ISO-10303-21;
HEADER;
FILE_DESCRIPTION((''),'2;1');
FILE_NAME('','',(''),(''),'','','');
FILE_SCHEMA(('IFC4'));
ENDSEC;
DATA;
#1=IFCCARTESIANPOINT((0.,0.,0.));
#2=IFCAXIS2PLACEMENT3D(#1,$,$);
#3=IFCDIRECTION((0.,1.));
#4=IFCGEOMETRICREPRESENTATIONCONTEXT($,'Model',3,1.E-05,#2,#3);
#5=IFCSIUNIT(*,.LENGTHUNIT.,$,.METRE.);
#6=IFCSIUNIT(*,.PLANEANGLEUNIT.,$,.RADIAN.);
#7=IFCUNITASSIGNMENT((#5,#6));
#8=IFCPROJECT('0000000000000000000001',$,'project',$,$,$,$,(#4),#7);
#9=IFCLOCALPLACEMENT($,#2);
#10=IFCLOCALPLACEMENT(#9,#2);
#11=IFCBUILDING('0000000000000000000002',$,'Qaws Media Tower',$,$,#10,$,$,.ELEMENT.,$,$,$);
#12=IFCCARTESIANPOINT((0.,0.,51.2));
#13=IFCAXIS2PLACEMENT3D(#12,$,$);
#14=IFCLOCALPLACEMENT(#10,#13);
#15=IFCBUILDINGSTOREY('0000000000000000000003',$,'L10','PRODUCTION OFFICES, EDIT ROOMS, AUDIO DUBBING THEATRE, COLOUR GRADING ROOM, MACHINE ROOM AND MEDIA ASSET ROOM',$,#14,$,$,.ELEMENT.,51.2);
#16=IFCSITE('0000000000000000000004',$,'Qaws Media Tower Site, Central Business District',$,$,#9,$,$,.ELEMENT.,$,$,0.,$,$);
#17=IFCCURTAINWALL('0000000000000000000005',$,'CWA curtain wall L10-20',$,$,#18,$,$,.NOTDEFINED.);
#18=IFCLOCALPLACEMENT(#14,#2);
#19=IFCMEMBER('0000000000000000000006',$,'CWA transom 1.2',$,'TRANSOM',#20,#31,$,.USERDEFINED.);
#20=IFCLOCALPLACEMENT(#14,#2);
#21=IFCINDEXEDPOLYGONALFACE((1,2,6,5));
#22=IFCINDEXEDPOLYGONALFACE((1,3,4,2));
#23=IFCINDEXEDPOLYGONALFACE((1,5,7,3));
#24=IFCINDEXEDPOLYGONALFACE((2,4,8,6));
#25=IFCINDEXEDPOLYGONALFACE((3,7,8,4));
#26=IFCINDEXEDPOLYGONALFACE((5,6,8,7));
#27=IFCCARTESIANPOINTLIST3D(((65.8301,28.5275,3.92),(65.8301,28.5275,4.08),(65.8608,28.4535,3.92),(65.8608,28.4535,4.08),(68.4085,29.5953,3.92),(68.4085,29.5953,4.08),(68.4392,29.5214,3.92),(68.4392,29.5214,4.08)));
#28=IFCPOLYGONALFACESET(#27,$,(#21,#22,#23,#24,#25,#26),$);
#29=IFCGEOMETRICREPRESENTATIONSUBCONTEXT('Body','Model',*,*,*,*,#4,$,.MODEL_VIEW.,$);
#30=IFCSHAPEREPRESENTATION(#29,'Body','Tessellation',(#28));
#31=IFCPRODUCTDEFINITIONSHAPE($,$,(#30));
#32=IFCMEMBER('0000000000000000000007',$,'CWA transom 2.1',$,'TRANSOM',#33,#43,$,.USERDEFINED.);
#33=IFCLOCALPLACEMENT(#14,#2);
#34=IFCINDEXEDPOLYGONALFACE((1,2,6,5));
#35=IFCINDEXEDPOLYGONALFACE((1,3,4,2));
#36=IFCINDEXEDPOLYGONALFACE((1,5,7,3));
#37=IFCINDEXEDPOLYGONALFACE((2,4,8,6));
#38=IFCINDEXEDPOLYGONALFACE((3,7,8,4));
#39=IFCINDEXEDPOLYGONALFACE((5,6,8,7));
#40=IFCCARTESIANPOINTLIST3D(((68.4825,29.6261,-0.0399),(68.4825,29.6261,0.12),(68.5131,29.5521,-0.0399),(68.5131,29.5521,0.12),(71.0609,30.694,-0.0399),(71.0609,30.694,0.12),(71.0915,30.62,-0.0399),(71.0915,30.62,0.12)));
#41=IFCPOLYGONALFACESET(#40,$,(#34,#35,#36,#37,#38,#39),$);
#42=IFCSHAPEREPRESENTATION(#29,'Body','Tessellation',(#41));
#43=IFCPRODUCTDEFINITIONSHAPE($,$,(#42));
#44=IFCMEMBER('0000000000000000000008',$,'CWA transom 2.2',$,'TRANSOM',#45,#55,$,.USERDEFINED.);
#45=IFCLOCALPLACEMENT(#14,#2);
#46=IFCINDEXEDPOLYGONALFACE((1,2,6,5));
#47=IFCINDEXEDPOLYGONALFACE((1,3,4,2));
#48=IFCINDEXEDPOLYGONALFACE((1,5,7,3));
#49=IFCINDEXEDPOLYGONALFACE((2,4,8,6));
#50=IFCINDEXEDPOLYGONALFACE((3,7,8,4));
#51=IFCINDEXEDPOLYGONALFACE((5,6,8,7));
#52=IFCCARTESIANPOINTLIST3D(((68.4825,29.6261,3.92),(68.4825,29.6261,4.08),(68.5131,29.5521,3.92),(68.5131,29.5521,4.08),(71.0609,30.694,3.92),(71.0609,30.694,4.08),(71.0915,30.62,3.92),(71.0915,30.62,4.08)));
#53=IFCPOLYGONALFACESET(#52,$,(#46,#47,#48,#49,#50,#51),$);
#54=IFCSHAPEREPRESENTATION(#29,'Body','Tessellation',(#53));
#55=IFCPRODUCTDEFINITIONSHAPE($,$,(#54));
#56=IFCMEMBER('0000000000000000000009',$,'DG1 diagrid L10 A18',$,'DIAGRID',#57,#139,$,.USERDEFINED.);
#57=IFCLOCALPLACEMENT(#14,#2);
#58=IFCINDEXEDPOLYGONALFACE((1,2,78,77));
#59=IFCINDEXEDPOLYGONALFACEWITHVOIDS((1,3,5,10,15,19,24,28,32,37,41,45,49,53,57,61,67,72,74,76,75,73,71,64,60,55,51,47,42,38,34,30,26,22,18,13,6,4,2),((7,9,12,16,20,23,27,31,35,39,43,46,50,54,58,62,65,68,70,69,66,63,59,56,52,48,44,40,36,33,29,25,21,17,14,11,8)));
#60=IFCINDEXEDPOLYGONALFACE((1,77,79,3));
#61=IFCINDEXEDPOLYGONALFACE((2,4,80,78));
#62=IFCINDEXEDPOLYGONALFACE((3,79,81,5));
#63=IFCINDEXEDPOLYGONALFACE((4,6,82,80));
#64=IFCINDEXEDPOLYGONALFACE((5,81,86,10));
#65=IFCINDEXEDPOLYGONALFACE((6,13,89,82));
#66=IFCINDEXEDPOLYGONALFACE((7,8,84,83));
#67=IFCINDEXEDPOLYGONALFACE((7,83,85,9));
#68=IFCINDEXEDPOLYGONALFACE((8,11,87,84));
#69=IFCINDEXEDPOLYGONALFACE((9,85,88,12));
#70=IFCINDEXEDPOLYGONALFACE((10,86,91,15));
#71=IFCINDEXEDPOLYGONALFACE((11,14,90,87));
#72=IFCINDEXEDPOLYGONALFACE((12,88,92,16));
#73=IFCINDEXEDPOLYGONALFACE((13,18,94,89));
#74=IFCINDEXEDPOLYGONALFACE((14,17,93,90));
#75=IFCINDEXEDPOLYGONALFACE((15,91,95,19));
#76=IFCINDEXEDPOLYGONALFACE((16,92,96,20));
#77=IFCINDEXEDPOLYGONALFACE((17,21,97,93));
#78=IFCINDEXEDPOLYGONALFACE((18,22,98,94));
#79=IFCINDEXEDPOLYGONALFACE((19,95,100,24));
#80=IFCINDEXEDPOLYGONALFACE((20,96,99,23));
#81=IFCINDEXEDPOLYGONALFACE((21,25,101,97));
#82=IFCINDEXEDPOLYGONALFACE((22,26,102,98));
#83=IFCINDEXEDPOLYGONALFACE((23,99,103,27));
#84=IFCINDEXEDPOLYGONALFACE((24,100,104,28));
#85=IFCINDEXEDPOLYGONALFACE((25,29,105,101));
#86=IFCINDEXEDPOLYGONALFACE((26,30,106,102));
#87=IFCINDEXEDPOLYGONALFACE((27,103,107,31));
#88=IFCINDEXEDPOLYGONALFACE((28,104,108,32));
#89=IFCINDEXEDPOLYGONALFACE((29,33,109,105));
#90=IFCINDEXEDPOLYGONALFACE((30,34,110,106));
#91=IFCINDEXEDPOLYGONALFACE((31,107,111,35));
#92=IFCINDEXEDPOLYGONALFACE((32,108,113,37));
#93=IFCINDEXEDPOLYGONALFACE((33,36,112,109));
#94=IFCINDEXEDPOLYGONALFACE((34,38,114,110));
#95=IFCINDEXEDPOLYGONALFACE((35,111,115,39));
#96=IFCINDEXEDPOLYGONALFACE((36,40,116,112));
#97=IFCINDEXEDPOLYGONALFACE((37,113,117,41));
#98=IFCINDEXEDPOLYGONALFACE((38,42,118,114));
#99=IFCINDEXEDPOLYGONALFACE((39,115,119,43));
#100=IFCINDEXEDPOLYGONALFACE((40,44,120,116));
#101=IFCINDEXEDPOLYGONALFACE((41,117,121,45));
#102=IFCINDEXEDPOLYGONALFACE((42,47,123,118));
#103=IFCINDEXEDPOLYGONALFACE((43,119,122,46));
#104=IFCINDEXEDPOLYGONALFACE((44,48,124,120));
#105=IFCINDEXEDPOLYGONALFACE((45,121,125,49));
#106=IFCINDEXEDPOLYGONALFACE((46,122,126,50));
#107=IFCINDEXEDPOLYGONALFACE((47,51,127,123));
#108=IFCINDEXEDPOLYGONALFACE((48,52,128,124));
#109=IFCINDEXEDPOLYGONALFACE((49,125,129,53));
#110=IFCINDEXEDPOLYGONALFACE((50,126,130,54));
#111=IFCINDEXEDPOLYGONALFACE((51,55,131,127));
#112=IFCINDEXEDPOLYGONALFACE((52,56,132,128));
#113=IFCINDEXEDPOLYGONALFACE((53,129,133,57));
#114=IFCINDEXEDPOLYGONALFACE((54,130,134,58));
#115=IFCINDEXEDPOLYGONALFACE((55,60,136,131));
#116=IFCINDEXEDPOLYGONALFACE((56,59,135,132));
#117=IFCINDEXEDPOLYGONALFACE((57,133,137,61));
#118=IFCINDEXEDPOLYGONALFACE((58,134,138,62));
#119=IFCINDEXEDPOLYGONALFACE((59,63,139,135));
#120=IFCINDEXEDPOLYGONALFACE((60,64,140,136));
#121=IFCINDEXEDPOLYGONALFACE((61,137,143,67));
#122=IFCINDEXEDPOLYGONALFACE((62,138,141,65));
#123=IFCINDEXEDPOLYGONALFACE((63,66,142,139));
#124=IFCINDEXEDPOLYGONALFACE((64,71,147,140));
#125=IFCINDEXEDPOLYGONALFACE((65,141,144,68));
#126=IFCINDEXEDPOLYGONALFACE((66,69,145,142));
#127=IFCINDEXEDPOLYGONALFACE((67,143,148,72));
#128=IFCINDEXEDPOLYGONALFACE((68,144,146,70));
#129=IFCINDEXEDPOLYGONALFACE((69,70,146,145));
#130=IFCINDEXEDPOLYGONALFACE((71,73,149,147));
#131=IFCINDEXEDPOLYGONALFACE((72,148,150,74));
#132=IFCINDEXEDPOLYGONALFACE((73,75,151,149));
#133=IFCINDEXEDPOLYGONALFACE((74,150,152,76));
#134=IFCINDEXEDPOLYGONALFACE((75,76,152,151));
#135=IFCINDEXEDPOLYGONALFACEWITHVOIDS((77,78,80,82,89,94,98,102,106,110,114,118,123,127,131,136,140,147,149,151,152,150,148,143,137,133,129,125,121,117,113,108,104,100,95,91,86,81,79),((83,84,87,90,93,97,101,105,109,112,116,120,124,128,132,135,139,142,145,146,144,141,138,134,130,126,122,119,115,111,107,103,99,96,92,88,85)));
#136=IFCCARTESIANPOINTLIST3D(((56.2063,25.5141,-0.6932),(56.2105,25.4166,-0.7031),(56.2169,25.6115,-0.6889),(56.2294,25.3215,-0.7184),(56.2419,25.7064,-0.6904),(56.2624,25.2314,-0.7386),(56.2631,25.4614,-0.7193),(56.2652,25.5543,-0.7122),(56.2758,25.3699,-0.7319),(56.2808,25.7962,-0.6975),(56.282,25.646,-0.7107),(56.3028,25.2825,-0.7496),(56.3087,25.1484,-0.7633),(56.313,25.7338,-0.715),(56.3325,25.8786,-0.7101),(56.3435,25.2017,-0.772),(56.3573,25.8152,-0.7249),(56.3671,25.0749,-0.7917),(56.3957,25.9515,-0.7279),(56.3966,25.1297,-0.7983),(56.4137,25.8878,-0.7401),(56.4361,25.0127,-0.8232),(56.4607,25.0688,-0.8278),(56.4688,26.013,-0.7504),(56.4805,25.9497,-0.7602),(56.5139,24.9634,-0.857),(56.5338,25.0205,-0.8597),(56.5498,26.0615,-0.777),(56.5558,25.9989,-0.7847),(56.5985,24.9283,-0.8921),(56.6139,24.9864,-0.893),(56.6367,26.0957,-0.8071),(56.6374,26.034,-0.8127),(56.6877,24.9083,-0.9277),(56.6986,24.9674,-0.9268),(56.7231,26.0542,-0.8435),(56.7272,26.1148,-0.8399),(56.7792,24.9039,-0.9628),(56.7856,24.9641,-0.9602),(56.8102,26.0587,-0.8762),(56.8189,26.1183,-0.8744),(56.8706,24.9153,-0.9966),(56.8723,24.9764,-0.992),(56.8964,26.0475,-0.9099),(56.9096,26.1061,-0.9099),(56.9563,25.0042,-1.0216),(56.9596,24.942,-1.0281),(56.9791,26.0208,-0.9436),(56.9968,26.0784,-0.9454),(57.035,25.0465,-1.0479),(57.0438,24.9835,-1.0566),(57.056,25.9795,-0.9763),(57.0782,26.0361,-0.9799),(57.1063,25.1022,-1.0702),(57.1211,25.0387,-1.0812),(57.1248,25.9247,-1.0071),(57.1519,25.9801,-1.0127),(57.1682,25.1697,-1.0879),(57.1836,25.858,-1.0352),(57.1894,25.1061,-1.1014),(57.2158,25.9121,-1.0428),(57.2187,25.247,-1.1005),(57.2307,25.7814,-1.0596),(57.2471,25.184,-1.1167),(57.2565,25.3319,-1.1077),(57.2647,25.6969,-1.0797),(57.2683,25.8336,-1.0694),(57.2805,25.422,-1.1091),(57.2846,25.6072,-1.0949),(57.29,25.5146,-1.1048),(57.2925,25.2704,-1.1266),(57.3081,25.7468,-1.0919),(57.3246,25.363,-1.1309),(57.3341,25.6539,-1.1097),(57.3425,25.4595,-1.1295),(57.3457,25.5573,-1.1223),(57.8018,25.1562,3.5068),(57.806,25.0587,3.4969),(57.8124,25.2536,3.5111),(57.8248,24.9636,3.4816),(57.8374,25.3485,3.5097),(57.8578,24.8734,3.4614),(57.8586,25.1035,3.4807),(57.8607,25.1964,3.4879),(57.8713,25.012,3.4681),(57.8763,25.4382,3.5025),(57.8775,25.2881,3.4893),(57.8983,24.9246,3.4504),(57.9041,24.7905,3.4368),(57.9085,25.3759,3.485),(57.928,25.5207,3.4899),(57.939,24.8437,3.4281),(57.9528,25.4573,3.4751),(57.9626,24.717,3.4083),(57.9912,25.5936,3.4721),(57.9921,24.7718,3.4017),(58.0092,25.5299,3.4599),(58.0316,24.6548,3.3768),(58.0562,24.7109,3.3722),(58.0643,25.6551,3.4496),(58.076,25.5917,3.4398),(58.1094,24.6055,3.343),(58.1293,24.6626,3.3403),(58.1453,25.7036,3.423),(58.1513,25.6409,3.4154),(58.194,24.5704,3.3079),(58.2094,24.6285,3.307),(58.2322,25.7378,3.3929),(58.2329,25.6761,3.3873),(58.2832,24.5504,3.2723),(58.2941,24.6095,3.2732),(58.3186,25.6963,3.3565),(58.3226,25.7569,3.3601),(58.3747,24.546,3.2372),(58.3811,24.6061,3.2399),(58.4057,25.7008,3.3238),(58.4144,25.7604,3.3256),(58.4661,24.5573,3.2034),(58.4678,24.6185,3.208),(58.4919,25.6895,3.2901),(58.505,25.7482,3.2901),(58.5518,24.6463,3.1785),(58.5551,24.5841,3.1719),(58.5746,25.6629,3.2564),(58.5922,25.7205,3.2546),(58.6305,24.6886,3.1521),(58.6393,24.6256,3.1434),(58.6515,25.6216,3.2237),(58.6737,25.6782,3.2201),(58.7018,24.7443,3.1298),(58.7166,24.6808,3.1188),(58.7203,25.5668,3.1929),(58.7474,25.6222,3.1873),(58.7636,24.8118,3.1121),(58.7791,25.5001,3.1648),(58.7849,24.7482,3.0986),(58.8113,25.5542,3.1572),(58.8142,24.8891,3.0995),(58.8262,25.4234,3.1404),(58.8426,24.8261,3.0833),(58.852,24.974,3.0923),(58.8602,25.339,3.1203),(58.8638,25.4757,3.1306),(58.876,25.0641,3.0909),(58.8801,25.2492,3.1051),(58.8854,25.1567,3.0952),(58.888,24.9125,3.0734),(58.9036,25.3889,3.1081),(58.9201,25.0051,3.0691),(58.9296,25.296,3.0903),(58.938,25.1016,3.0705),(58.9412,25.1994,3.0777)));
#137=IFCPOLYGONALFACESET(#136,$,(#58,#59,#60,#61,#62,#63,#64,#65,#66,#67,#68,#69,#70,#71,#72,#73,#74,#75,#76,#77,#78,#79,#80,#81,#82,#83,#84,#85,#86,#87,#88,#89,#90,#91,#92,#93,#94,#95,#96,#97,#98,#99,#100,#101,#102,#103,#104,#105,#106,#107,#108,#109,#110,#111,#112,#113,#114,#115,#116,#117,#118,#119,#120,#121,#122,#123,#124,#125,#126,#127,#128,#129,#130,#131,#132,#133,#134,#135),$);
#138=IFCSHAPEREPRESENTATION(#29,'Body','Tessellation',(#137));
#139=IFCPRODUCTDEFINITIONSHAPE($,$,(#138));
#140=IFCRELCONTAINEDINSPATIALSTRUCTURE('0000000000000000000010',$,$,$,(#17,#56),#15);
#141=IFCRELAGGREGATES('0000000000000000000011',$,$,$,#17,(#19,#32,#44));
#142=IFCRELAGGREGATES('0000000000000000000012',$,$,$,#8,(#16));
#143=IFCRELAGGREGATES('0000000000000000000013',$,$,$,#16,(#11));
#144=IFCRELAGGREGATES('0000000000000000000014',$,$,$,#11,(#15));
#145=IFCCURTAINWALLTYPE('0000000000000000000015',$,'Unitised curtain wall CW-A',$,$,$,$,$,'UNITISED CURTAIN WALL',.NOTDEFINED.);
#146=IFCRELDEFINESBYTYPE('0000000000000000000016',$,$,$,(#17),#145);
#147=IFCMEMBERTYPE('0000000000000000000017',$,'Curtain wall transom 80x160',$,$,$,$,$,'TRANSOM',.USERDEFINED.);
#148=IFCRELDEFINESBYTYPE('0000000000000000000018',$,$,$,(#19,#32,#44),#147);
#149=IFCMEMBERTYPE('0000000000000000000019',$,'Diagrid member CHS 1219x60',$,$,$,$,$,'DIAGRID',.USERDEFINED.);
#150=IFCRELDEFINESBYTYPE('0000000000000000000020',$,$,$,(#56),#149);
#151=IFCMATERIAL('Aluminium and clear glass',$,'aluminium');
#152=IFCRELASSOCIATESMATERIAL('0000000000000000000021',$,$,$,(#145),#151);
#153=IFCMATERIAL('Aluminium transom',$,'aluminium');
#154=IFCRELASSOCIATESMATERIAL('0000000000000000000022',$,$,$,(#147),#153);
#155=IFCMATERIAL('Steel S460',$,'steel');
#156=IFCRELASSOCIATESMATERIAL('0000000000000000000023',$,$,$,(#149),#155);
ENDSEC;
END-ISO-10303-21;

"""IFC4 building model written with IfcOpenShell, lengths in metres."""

from ifc_helpers import new_model, si_unit, direction, frame, origin, origin_2d, place, context, subcontext, project, spatial, rectangle, hollow_circle, extrude, material, material_profile, profile_set, type_object, element, aggregate, save


model = new_model("IFC4")

# Units and contexts
model_context = context("Model", 3, precision=1e-05, world=origin(), true_north=direction((0.0, 1.0)))
body_context = subcontext(model_context, "Body", "Model", "MODEL_VIEW")
ifc_project = project(units=[si_unit("LENGTHUNIT", "METRE"), si_unit("PLANEANGLEUNIT", "RADIAN")], contexts=[model_context])

# Site, building, storey
site_placement = place(None, origin())
site = spatial("IfcSite", under=ifc_project, at=site_placement, Name="Qaws Media Tower Site, Central Business District", CompositionType="ELEMENT", RefElevation=0.0)
building_placement = place(site_placement, origin())
building = spatial("IfcBuilding", under=site, at=building_placement, Name="Qaws Media Tower", CompositionType="ELEMENT")
storey_placement = place(building_placement, frame((0.0, 0.0, 51.2)))
storey = spatial("IfcBuildingStorey", under=building, at=storey_placement, Name="L10", Description="PRODUCTION OFFICES, EDIT ROOMS, AUDIO DUBBING THEATRE, COLOUR GRADING ROOM, MACHINE ROOM AND MEDIA ASSET ROOM", CompositionType="ELEMENT", Elevation=51.2)

# Curtain wall
ifc_material_1 = material(Name="Aluminium and clear glass", Category="aluminium")
curtain_wall_type = type_object("IfcCurtainWallType", Name="Unitised curtain wall CW-A", ElementType="UNITISED CURTAIN WALL", PredefinedType="NOTDEFINED", material=ifc_material_1)
curtain_wall_1_placement = place(storey_placement, origin())
curtain_wall_1 = element("IfcCurtainWall", 1, at=curtain_wall_1_placement, inside=storey, type_object=curtain_wall_type, Name="CWA curtain wall L10-20", PredefinedType="NOTDEFINED")

# Members
ifc_material_2 = material(Name="Aluminium transom", Category="aluminium")
ifc_material_profile_1 = material_profile(ifc_material_2, rectangle(XDim=0.0801, YDim=0.1599, at=origin_2d()), Name="80x160")
ifc_profile_set_1 = profile_set([ifc_material_profile_1], Name="Aluminium transom")
member_type_1 = type_object("IfcMemberType", Name="Curtain wall transom 80x160", ElementType="TRANSOM", PredefinedType="USERDEFINED", material=ifc_profile_set_1)
member_1_placement = place(storey_placement, frame((65.8455, 28.4905, 4.0), z_axis=(0.923895, 0.382645, 0.0), x_axis=(-0.382645, 0.923895, 0.0)))
member_1 = element("IfcMember", 2, at=member_1_placement, type_object=member_type_1, Name="CWA transom 1.2", ObjectType="TRANSOM", PredefinedType="USERDEFINED", context=body_context, shape_type="SweptSolid", body=[
    extrude(rectangle(XDim=0.0801, YDim=0.1599, at=origin_2d()), origin(), (0.0, 0.0, 1.0), 2.7908),
])
member_2_placement = place(storey_placement, frame((68.4978, 29.5891, 0.04), z_axis=(0.923895, 0.382645, 0.0), x_axis=(-0.382645, 0.923895, 0.0)))
member_2 = element("IfcMember", 3, at=member_2_placement, type_object=member_type_1, Name="CWA transom 2.1", ObjectType="TRANSOM", PredefinedType="USERDEFINED", context=body_context, shape_type="SweptSolid", body=[
    extrude(rectangle(XDim=0.0801, YDim=0.1599, at=origin_2d()), origin(), (0.0, 0.0, 1.0), 2.7908),
])
member_3_placement = place(storey_placement, frame((68.4978, 29.5891, 4.0), z_axis=(0.923895, 0.382645, 0.0), x_axis=(-0.382645, 0.923895, 0.0)))
member_3 = element("IfcMember", 4, at=member_3_placement, type_object=member_type_1, Name="CWA transom 2.2", ObjectType="TRANSOM", PredefinedType="USERDEFINED", context=body_context, shape_type="SweptSolid", body=[
    extrude(rectangle(XDim=0.0801, YDim=0.1599, at=origin_2d()), origin(), (0.0, 0.0, 1.0), 2.7908),
])

# Member
ifc_material_3 = material(Name="Steel S460", Category="steel")
ifc_material_profile_2 = material_profile(ifc_material_3, hollow_circle(Radius=0.6096, WallThickness=0.0601, at=origin_2d()), Name="CHS 1219x60")
ifc_profile_set_2 = profile_set([ifc_material_profile_2], Name="Steel S460")
member_type_2 = type_object("IfcMemberType", Name="Diagrid member CHS 1219x60", ElementType="DIAGRID", PredefinedType="USERDEFINED", material=ifc_profile_set_2)
for number, where, z_axis, x_axis, name in (
    (5, (56.7761, 25.5112, -0.9099), (0.353995, -0.079412, 0.93187), (0.21889, 0.975749, 0.0), "DG1 diagrid L10 A18"),
):
    element("IfcMember", number, at=place(storey_placement, frame(where, z_axis=z_axis, x_axis=x_axis)), inside=storey, type_object=member_type_2, Name=name, ObjectType="DIAGRID", PredefinedType="USERDEFINED", context=body_context, shape_type="SweptSolid", body=[
        extrude(hollow_circle(Radius=0.6096, WallThickness=0.0601, at=origin_2d()), origin(), (0.0, 0.0, 1.0), 4.5071),
    ])

aggregate(curtain_wall_1, [member_1, member_2, member_3])

save(model, "model.ifc")
